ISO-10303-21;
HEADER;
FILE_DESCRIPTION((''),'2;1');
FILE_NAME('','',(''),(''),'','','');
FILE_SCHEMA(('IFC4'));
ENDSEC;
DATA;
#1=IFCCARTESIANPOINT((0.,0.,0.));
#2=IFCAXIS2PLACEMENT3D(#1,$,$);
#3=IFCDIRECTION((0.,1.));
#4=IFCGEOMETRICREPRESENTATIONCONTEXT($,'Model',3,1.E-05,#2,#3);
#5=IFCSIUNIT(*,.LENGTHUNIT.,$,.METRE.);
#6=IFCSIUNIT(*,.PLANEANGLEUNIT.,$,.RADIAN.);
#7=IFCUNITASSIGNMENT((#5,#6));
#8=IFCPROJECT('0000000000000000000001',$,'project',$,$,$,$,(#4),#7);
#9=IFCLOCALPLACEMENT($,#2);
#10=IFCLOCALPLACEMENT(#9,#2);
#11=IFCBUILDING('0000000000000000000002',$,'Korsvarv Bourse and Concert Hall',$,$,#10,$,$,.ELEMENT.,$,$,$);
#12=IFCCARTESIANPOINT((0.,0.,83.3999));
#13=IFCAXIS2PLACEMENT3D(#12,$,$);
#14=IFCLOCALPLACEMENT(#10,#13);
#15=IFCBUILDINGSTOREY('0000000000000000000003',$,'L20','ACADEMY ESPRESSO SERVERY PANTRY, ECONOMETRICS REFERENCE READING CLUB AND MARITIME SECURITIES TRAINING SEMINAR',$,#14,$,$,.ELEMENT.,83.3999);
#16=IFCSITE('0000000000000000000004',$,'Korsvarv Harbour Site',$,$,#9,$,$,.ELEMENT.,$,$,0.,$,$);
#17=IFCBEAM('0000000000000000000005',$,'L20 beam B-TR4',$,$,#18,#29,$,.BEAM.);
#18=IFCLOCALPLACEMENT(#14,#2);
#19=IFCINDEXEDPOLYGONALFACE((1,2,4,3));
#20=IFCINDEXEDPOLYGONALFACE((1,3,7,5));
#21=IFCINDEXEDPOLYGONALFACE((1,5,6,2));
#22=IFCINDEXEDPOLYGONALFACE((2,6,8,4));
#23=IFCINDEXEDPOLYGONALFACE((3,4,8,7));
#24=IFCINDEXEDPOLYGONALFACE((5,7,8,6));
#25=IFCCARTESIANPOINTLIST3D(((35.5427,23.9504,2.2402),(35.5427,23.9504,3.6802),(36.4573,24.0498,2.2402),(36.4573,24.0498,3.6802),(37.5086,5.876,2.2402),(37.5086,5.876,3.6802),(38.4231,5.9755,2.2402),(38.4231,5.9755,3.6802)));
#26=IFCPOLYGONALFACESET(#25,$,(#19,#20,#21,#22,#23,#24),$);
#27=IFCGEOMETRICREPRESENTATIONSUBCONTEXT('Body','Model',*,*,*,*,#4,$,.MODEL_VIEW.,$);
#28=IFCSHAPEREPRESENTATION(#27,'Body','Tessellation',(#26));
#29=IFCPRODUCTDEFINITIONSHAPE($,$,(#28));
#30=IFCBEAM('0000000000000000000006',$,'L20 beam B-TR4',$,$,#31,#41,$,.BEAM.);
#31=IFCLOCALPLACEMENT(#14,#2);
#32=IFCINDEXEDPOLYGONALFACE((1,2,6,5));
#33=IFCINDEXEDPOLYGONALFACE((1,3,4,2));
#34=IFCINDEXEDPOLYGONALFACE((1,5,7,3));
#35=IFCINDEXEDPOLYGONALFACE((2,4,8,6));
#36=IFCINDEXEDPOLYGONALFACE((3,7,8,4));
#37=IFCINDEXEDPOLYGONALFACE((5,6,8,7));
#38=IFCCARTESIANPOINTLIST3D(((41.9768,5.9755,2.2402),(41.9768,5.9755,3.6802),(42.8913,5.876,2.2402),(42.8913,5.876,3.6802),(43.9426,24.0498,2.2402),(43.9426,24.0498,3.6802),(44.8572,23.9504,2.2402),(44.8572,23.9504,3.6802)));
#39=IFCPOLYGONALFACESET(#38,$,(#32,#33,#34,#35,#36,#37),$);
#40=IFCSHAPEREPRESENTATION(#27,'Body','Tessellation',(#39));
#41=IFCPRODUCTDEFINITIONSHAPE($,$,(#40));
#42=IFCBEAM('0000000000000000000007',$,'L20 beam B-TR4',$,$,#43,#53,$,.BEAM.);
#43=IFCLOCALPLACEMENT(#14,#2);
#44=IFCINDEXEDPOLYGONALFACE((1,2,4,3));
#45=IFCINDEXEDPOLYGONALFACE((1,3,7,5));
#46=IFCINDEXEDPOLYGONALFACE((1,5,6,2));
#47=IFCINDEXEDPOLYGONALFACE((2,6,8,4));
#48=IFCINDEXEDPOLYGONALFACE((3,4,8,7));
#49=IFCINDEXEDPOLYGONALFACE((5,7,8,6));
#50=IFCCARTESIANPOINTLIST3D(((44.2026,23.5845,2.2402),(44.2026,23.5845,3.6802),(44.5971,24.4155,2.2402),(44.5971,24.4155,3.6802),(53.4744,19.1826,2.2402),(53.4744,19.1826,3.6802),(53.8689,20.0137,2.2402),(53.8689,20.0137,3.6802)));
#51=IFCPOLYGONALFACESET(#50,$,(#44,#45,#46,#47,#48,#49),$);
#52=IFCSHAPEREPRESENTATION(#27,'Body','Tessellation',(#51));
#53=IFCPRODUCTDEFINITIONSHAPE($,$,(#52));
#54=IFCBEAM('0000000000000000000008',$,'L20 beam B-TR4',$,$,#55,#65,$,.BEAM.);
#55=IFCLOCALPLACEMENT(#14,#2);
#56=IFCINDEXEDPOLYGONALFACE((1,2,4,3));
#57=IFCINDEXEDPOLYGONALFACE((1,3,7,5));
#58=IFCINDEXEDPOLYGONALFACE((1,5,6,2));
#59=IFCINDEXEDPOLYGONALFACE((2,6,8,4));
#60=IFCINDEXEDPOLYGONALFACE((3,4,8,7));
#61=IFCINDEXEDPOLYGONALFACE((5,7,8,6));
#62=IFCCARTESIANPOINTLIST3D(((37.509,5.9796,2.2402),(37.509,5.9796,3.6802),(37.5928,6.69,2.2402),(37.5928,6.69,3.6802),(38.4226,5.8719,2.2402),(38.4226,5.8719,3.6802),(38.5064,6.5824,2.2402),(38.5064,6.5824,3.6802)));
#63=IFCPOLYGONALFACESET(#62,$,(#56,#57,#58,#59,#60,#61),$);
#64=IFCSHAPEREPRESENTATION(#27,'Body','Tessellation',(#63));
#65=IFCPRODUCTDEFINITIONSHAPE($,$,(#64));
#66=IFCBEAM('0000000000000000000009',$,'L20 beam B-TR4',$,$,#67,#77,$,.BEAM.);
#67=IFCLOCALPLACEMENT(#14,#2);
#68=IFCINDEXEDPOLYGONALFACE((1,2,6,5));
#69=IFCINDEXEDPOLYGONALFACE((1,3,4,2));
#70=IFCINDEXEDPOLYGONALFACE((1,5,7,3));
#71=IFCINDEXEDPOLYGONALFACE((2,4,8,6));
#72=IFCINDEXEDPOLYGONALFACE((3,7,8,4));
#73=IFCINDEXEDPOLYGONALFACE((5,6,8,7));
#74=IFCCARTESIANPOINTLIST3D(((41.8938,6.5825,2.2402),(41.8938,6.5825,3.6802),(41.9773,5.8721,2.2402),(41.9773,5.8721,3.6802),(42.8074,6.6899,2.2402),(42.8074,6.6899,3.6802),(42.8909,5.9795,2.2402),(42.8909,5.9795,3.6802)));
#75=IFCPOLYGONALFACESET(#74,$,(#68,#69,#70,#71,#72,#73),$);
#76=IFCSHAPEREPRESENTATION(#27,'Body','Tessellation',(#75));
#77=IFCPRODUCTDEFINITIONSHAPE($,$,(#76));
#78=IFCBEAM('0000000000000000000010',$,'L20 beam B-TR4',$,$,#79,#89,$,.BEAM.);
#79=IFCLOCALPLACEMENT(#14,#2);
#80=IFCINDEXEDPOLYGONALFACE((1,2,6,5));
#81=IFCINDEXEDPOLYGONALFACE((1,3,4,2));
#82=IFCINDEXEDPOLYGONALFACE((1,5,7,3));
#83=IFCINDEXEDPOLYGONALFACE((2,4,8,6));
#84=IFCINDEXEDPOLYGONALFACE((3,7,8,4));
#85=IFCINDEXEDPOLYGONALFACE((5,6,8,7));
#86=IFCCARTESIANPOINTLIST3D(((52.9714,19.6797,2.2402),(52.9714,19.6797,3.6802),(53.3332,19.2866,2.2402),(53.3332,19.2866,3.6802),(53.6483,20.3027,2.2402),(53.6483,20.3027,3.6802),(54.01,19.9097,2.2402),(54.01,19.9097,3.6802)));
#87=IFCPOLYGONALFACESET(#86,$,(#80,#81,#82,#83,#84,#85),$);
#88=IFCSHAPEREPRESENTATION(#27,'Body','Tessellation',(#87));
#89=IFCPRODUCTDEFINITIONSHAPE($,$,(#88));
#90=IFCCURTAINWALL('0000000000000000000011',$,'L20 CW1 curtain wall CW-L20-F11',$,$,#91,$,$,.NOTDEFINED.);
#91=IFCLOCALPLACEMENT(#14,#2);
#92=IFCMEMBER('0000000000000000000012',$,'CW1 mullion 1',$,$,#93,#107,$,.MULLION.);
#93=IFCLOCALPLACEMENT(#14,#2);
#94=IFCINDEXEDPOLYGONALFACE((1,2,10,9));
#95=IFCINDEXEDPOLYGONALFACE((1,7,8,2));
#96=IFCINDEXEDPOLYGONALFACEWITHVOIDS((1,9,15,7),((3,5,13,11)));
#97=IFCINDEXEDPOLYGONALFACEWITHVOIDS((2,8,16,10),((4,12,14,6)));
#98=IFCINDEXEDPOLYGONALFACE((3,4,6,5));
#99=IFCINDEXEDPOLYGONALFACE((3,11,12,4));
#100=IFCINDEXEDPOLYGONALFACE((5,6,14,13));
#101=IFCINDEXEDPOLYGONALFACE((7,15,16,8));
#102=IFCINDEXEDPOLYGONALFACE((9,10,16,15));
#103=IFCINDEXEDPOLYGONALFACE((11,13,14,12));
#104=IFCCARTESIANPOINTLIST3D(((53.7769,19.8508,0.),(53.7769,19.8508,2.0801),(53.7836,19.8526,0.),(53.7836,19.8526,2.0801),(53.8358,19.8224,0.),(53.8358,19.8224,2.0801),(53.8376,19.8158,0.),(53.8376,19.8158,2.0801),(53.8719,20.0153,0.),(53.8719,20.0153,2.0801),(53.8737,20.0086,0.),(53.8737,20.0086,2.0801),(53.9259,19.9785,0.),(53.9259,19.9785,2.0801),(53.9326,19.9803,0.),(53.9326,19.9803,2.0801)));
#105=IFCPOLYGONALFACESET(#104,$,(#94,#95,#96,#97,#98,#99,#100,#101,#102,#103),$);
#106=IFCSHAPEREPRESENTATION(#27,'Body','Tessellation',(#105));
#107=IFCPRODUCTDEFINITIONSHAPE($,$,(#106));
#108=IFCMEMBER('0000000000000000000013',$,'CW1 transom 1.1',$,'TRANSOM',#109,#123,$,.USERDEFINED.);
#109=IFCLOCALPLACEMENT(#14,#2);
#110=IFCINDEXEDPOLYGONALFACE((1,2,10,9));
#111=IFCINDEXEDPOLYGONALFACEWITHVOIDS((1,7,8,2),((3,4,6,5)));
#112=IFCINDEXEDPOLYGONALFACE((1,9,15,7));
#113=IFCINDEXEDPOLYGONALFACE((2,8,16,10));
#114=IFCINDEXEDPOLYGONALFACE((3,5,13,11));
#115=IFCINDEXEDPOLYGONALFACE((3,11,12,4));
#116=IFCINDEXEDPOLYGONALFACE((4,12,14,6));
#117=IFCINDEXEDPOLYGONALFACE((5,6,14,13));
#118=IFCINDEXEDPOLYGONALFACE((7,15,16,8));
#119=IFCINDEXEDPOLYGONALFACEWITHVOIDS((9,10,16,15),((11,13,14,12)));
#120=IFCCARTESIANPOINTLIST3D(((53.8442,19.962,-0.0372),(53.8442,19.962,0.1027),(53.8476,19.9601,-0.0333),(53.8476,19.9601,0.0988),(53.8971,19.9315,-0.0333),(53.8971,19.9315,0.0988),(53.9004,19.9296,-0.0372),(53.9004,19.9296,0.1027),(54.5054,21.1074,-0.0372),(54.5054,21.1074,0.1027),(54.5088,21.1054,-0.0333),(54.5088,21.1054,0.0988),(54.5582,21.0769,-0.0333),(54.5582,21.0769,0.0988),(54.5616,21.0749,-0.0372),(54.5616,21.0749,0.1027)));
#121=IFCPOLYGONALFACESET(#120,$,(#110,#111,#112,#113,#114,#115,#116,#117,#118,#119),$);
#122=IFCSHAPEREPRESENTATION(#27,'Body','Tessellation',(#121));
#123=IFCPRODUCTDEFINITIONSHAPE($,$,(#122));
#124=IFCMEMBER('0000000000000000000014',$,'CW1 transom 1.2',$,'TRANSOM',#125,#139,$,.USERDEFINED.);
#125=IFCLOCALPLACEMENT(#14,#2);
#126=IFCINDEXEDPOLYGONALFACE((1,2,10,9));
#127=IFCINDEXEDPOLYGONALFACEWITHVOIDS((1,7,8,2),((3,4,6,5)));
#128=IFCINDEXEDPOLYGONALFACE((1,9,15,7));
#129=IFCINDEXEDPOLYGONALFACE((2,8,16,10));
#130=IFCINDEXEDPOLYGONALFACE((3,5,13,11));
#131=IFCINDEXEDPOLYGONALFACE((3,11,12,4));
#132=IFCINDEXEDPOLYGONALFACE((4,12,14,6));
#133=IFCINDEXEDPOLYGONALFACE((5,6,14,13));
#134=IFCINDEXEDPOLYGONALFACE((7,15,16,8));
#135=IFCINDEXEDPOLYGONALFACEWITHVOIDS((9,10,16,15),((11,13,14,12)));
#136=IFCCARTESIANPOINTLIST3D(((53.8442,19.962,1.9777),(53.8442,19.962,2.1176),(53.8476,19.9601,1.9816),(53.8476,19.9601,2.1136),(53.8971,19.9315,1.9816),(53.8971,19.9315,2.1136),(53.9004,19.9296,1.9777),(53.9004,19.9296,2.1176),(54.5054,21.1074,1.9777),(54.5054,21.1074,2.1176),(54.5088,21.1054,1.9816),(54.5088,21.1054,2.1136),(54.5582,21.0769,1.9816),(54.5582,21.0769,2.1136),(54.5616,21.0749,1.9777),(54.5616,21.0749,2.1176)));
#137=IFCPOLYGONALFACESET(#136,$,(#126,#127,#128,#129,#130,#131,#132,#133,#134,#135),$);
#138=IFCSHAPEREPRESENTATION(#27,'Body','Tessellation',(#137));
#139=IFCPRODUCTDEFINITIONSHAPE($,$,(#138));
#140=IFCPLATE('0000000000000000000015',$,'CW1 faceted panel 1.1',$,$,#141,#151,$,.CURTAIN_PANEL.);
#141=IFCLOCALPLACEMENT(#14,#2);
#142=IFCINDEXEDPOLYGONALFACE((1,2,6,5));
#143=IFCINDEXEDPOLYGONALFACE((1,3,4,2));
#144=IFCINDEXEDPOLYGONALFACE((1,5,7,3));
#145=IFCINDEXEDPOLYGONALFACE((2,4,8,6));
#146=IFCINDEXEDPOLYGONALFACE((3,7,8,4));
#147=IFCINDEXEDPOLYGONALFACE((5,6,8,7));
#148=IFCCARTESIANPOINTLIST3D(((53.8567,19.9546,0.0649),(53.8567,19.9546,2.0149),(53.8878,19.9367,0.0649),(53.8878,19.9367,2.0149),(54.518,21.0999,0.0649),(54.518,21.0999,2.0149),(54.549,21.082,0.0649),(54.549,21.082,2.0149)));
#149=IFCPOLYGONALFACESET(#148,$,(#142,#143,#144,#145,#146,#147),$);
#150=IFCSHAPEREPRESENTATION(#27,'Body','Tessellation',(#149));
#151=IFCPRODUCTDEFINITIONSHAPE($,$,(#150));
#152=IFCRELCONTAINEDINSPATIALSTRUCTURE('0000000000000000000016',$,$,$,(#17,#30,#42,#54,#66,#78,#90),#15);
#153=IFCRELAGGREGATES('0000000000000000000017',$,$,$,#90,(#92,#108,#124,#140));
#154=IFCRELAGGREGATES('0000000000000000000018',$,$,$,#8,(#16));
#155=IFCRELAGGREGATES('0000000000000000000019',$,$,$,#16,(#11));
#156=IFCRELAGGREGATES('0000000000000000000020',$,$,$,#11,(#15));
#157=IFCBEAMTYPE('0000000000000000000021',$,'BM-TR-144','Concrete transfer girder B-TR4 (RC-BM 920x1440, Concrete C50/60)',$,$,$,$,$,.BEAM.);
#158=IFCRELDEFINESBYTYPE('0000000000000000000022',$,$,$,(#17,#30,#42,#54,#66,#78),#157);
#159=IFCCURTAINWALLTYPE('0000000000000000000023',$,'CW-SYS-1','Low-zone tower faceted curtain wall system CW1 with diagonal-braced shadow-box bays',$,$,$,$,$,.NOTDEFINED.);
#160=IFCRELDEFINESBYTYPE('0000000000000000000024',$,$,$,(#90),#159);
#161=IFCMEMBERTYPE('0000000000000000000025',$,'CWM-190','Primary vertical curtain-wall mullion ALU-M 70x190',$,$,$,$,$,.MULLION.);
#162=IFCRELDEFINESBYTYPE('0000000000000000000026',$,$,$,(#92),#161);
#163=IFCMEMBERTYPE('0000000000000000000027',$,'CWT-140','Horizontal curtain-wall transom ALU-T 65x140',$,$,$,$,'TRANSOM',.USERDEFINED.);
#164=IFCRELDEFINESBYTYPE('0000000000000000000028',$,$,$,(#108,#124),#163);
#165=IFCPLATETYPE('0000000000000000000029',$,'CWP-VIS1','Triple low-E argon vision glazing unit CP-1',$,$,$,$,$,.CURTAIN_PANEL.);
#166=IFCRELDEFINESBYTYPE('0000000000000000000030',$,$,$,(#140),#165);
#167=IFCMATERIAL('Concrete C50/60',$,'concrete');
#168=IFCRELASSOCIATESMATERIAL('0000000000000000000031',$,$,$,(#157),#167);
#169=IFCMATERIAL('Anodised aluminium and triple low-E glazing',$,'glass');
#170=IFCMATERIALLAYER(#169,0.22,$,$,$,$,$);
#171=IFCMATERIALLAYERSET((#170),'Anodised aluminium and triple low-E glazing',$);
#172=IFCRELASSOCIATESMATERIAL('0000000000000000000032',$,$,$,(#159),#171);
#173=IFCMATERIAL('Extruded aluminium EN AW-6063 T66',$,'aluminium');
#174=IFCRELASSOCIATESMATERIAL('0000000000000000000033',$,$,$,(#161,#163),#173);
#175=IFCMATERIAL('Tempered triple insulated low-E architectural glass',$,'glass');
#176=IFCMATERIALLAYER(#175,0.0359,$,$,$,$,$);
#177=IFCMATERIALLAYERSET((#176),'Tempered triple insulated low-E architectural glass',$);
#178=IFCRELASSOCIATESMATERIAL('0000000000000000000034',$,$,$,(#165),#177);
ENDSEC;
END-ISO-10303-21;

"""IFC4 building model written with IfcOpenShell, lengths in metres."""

from ifc_helpers import new_model, si_unit, direction, frame, origin, origin_2d, place, context, subcontext, project, spatial, rectangle, hollow_rectangle, extrude, source, transform, mapped, material, layer, layer_set, material_profile, profile_set, type_object, element, aggregate, save


model = new_model("IFC4")

# Units and contexts
model_context = context("Model", 3, precision=1e-05, world=origin(), true_north=direction((0.0, 1.0)))
body_context = subcontext(model_context, "Body", "Model", "MODEL_VIEW")
ifc_project = project(units=[si_unit("LENGTHUNIT", "METRE"), si_unit("PLANEANGLEUNIT", "RADIAN")], contexts=[model_context])

# Site, building, storey
site_placement = place(None, origin())
site = spatial("IfcSite", under=ifc_project, at=site_placement, Name="Korsvarv Harbour Site", CompositionType="ELEMENT", RefElevation=0.0)
building_placement = place(site_placement, origin())
building = spatial("IfcBuilding", under=site, at=building_placement, Name="Korsvarv Bourse and Concert Hall", CompositionType="ELEMENT")
storey_placement = place(building_placement, frame((0.0, 0.0, 83.3999)))
storey = spatial("IfcBuildingStorey", under=building, at=storey_placement, Name="L20", Description="ACADEMY ESPRESSO SERVERY PANTRY, ECONOMETRICS REFERENCE READING CLUB AND MARITIME SECURITIES TRAINING SEMINAR", CompositionType="ELEMENT", Elevation=83.3999)

# Beams
ifc_material_1 = material(Name="Concrete C50/60", Category="concrete")
ifc_material_profile_1 = material_profile(ifc_material_1, rectangle(XDim=0.9199, YDim=1.4399, at=origin_2d()), Name="RC-BM 920x1440")
ifc_profile_set_1 = profile_set([ifc_material_profile_1], Name="Concrete C50/60")
beam_type_1 = type_object("IfcBeamType", Name="BM-TR-144", Description="Concrete transfer girder B-TR4 (RC-BM 920x1440, Concrete C50/60)", PredefinedType="BEAM", material=ifc_profile_set_1)
shared_shape_1 = source(origin(), body_context, "Body", "SweptSolid", [
    extrude(rectangle(XDim=0.9199, YDim=1.4399, at=origin_2d()), origin(), (0.0, 0.0, 1.0), 18.1809),
])
for number, where, z_axis, x_axis, name in (
    (1, (37.9658, 5.9258, 2.9602), (-0.108126, 0.994137, 0.0), (-0.994137, -0.108126, 0.0), "L20 beam B-TR4"),
    (2, (42.4341, 5.9258, 2.9602), (0.108126, 0.994137, 0.0), (-0.994137, 0.108126, 0.0), "L20 beam B-TR4"),
):
    element("IfcBeam", number, at=place(storey_placement, frame(where, z_axis=z_axis, x_axis=x_axis)), inside=storey, type_object=beam_type_1, Name=name, PredefinedType="BEAM", context=body_context, shape_type="MappedRepresentation", body=[
        mapped(shared_shape_1, transform((0.0, 0.0, 0.0), scale=1.0)),
    ])
shared_shape_2 = source(origin(), body_context, "Body", "SweptSolid", [
    extrude(rectangle(XDim=0.9199, YDim=1.4399, at=origin_2d()), origin(), (0.0, 0.0, 1.0), 10.2637),
])
beam_1_placement = place(storey_placement, frame((53.6716, 19.5981, 2.9602), z_axis=(-0.903361, 0.428881, 0.0), x_axis=(-0.428881, -0.903361, 0.0)))
element("IfcBeam", 3, at=beam_1_placement, inside=storey, type_object=beam_type_1, Name="L20 beam B-TR4", PredefinedType="BEAM", context=body_context, shape_type="MappedRepresentation", body=[
    mapped(shared_shape_2, transform((0.0, 0.0, 0.0), scale=1.0)),
])
shared_shape_3 = source(origin(), body_context, "Body", "SweptSolid", [
    extrude(rectangle(XDim=0.9199, YDim=1.4399, at=origin_2d()), origin(), (0.0, 0.0, 1.0), 0.7153),
])
for number, where, z_axis, x_axis, name in (
    (4, (37.9658, 5.9258, 2.9602), (0.117059, 0.993125, 0.0), (-0.993125, 0.117059, 0.0), "L20 beam B-TR4"),
    (5, (42.4341, 5.9258, 2.9602), (-0.116722, 0.993165, 0.0), (-0.993165, -0.116722, 0.0), "L20 beam B-TR4"),
):
    element("IfcBeam", number, at=place(storey_placement, frame(where, z_axis=z_axis, x_axis=x_axis)), inside=storey, type_object=beam_type_1, Name=name, PredefinedType="BEAM", context=body_context, shape_type="MappedRepresentation", body=[
        mapped(shared_shape_3, transform((0.0, 0.0, 0.0), scale=1.0)),
    ])
shared_shape_4 = source(origin(), body_context, "Body", "SweptSolid", [
    extrude(rectangle(XDim=0.9199, YDim=1.4399, at=origin_2d()), origin(), (0.0, 0.0, 1.0), 0.5342),
])
beam_2_placement = place(storey_placement, frame((53.6716, 19.5981, 2.9602), z_axis=(-0.677255, 0.735749, 0.0), x_axis=(-0.735749, -0.677255, 0.0)))
element("IfcBeam", 6, at=beam_2_placement, inside=storey, type_object=beam_type_1, Name="L20 beam B-TR4", PredefinedType="BEAM", context=body_context, shape_type="MappedRepresentation", body=[
    mapped(shared_shape_4, transform((0.0, 0.0, 0.0), scale=1.0)),
])

# Curtain wall, members, plate
ifc_material_2 = material(Name="Anodised aluminium and triple low-E glazing", Category="glass")
ifc_layer_1 = layer(ifc_material_2, 0.22)
ifc_layer_set_1 = layer_set([ifc_layer_1], Name="Anodised aluminium and triple low-E glazing")
curtain_wall_type = type_object("IfcCurtainWallType", Name="CW-SYS-1", Description="Low-zone tower faceted curtain wall system CW1 with diagonal-braced shadow-box bays", PredefinedType="NOTDEFINED", material=ifc_layer_set_1)
curtain_wall_placement = place(storey_placement, origin())
curtain_wall = element("IfcCurtainWall", 7, at=curtain_wall_placement, inside=storey, type_object=curtain_wall_type, Name="L20 CW1 curtain wall CW-L20-F11", PredefinedType="NOTDEFINED")
ifc_material_3 = material(Name="Extruded aluminium EN AW-6063 T66", Category="aluminium")
ifc_material_profile_2 = material_profile(ifc_material_3, hollow_rectangle(XDim=0.0701, YDim=0.1899, WallThickness=0.0049, at=origin_2d()), Name="ALU-M 70x190")
ifc_profile_set_2 = profile_set([ifc_material_profile_2], Name="Extruded aluminium EN AW-6063 T66")
member_type_1 = type_object("IfcMemberType", Name="CWM-190", Description="Primary vertical curtain-wall mullion ALU-M 70x190", PredefinedType="MULLION", material=ifc_profile_set_2)
shared_shape_5 = source(origin(), body_context, "Body", "SweptSolid", [
    extrude(hollow_rectangle(XDim=0.0701, YDim=0.1899, WallThickness=0.0049, at=origin_2d()), origin(), (0.0, 0.0, 1.0), 2.0801),
])
member_1_placement = place(storey_placement, frame((53.8547, 19.9155, 0.0), z_axis=(0.0, 0.0, 1.0), x_axis=(-0.866024, 0.500002, 0.0)))
member_1 = element("IfcMember", 8, at=member_1_placement, type_object=member_type_1, Name="CW1 mullion 1", PredefinedType="MULLION", context=body_context, shape_type="MappedRepresentation", body=[
    mapped(shared_shape_5, transform((0.0, 0.0, 0.0), scale=1.0)),
])
ifc_material_profile_3 = material_profile(ifc_material_3, hollow_rectangle(XDim=0.0649, YDim=0.1399, WallThickness=0.0039, at=origin_2d()), Name="ALU-T 65x140")
ifc_profile_set_3 = profile_set([ifc_material_profile_3], Name="Extruded aluminium EN AW-6063 T66")
member_type_2 = type_object("IfcMemberType", Name="CWT-140", Description="Horizontal curtain-wall transom ALU-T 65x140", ElementType="TRANSOM", PredefinedType="USERDEFINED", material=ifc_profile_set_3)
shared_shape_6 = source(origin(), body_context, "Body", "SweptSolid", [
    extrude(hollow_rectangle(XDim=0.0649, YDim=0.1399, WallThickness=0.0039, at=origin_2d()), origin(), (0.0, 0.0, 1.0), 1.3225),
])
member_2_placement = place(storey_placement, frame((53.8723, 19.9458, 0.0327), z_axis=(0.499952, 0.866053, 0.0), x_axis=(-0.866053, 0.499952, 0.0)))
member_2 = element("IfcMember", 9, at=member_2_placement, type_object=member_type_2, Name="CW1 transom 1.1", ObjectType="TRANSOM", PredefinedType="USERDEFINED", context=body_context, shape_type="MappedRepresentation", body=[
    mapped(shared_shape_6, transform((0.0, 0.0, 0.0), scale=1.0)),
])
member_3_placement = place(storey_placement, frame((53.8723, 19.9458, 2.0476), z_axis=(0.499952, 0.866053, 0.0), x_axis=(-0.866053, 0.499952, 0.0)))
member_3 = element("IfcMember", 10, at=member_3_placement, type_object=member_type_2, Name="CW1 transom 1.2", ObjectType="TRANSOM", PredefinedType="USERDEFINED", context=body_context, shape_type="MappedRepresentation", body=[
    mapped(shared_shape_6, transform((0.0, 0.0, 0.0), scale=1.0)),
])
ifc_material_4 = material(Name="Tempered triple insulated low-E architectural glass", Category="glass")
ifc_layer_2 = layer(ifc_material_4, 0.0359)
ifc_layer_set_2 = layer_set([ifc_layer_2], Name="Tempered triple insulated low-E architectural glass")
plate_type = type_object("IfcPlateType", Name="CWP-VIS1", Description="Triple low-E argon vision glazing unit CP-1", PredefinedType="CURTAIN_PANEL", material=ifc_layer_set_2)
shared_shape_7 = source(origin(), body_context, "Body", "SweptSolid", [
    extrude(rectangle(XDim=1.3225, YDim=0.0359, at=origin_2d()), origin(), (0.0, 0.0, 1.0), 1.95),
])
plate_placement = place(storey_placement, frame((54.2029, 20.5183, 0.0649), z_axis=(0.0, 0.0, 1.0), x_axis=(0.500002, 0.866024, 0.0)))
plate = element("IfcPlate", 11, at=plate_placement, type_object=plate_type, Name="CW1 faceted panel 1.1", PredefinedType="CURTAIN_PANEL", context=body_context, shape_type="MappedRepresentation", body=[
    mapped(shared_shape_7, transform((0.0, 0.0, 0.0), scale=1.0)),
])
aggregate(curtain_wall, [member_1, member_2, member_3, plate])

save(model, "model.ifc")
